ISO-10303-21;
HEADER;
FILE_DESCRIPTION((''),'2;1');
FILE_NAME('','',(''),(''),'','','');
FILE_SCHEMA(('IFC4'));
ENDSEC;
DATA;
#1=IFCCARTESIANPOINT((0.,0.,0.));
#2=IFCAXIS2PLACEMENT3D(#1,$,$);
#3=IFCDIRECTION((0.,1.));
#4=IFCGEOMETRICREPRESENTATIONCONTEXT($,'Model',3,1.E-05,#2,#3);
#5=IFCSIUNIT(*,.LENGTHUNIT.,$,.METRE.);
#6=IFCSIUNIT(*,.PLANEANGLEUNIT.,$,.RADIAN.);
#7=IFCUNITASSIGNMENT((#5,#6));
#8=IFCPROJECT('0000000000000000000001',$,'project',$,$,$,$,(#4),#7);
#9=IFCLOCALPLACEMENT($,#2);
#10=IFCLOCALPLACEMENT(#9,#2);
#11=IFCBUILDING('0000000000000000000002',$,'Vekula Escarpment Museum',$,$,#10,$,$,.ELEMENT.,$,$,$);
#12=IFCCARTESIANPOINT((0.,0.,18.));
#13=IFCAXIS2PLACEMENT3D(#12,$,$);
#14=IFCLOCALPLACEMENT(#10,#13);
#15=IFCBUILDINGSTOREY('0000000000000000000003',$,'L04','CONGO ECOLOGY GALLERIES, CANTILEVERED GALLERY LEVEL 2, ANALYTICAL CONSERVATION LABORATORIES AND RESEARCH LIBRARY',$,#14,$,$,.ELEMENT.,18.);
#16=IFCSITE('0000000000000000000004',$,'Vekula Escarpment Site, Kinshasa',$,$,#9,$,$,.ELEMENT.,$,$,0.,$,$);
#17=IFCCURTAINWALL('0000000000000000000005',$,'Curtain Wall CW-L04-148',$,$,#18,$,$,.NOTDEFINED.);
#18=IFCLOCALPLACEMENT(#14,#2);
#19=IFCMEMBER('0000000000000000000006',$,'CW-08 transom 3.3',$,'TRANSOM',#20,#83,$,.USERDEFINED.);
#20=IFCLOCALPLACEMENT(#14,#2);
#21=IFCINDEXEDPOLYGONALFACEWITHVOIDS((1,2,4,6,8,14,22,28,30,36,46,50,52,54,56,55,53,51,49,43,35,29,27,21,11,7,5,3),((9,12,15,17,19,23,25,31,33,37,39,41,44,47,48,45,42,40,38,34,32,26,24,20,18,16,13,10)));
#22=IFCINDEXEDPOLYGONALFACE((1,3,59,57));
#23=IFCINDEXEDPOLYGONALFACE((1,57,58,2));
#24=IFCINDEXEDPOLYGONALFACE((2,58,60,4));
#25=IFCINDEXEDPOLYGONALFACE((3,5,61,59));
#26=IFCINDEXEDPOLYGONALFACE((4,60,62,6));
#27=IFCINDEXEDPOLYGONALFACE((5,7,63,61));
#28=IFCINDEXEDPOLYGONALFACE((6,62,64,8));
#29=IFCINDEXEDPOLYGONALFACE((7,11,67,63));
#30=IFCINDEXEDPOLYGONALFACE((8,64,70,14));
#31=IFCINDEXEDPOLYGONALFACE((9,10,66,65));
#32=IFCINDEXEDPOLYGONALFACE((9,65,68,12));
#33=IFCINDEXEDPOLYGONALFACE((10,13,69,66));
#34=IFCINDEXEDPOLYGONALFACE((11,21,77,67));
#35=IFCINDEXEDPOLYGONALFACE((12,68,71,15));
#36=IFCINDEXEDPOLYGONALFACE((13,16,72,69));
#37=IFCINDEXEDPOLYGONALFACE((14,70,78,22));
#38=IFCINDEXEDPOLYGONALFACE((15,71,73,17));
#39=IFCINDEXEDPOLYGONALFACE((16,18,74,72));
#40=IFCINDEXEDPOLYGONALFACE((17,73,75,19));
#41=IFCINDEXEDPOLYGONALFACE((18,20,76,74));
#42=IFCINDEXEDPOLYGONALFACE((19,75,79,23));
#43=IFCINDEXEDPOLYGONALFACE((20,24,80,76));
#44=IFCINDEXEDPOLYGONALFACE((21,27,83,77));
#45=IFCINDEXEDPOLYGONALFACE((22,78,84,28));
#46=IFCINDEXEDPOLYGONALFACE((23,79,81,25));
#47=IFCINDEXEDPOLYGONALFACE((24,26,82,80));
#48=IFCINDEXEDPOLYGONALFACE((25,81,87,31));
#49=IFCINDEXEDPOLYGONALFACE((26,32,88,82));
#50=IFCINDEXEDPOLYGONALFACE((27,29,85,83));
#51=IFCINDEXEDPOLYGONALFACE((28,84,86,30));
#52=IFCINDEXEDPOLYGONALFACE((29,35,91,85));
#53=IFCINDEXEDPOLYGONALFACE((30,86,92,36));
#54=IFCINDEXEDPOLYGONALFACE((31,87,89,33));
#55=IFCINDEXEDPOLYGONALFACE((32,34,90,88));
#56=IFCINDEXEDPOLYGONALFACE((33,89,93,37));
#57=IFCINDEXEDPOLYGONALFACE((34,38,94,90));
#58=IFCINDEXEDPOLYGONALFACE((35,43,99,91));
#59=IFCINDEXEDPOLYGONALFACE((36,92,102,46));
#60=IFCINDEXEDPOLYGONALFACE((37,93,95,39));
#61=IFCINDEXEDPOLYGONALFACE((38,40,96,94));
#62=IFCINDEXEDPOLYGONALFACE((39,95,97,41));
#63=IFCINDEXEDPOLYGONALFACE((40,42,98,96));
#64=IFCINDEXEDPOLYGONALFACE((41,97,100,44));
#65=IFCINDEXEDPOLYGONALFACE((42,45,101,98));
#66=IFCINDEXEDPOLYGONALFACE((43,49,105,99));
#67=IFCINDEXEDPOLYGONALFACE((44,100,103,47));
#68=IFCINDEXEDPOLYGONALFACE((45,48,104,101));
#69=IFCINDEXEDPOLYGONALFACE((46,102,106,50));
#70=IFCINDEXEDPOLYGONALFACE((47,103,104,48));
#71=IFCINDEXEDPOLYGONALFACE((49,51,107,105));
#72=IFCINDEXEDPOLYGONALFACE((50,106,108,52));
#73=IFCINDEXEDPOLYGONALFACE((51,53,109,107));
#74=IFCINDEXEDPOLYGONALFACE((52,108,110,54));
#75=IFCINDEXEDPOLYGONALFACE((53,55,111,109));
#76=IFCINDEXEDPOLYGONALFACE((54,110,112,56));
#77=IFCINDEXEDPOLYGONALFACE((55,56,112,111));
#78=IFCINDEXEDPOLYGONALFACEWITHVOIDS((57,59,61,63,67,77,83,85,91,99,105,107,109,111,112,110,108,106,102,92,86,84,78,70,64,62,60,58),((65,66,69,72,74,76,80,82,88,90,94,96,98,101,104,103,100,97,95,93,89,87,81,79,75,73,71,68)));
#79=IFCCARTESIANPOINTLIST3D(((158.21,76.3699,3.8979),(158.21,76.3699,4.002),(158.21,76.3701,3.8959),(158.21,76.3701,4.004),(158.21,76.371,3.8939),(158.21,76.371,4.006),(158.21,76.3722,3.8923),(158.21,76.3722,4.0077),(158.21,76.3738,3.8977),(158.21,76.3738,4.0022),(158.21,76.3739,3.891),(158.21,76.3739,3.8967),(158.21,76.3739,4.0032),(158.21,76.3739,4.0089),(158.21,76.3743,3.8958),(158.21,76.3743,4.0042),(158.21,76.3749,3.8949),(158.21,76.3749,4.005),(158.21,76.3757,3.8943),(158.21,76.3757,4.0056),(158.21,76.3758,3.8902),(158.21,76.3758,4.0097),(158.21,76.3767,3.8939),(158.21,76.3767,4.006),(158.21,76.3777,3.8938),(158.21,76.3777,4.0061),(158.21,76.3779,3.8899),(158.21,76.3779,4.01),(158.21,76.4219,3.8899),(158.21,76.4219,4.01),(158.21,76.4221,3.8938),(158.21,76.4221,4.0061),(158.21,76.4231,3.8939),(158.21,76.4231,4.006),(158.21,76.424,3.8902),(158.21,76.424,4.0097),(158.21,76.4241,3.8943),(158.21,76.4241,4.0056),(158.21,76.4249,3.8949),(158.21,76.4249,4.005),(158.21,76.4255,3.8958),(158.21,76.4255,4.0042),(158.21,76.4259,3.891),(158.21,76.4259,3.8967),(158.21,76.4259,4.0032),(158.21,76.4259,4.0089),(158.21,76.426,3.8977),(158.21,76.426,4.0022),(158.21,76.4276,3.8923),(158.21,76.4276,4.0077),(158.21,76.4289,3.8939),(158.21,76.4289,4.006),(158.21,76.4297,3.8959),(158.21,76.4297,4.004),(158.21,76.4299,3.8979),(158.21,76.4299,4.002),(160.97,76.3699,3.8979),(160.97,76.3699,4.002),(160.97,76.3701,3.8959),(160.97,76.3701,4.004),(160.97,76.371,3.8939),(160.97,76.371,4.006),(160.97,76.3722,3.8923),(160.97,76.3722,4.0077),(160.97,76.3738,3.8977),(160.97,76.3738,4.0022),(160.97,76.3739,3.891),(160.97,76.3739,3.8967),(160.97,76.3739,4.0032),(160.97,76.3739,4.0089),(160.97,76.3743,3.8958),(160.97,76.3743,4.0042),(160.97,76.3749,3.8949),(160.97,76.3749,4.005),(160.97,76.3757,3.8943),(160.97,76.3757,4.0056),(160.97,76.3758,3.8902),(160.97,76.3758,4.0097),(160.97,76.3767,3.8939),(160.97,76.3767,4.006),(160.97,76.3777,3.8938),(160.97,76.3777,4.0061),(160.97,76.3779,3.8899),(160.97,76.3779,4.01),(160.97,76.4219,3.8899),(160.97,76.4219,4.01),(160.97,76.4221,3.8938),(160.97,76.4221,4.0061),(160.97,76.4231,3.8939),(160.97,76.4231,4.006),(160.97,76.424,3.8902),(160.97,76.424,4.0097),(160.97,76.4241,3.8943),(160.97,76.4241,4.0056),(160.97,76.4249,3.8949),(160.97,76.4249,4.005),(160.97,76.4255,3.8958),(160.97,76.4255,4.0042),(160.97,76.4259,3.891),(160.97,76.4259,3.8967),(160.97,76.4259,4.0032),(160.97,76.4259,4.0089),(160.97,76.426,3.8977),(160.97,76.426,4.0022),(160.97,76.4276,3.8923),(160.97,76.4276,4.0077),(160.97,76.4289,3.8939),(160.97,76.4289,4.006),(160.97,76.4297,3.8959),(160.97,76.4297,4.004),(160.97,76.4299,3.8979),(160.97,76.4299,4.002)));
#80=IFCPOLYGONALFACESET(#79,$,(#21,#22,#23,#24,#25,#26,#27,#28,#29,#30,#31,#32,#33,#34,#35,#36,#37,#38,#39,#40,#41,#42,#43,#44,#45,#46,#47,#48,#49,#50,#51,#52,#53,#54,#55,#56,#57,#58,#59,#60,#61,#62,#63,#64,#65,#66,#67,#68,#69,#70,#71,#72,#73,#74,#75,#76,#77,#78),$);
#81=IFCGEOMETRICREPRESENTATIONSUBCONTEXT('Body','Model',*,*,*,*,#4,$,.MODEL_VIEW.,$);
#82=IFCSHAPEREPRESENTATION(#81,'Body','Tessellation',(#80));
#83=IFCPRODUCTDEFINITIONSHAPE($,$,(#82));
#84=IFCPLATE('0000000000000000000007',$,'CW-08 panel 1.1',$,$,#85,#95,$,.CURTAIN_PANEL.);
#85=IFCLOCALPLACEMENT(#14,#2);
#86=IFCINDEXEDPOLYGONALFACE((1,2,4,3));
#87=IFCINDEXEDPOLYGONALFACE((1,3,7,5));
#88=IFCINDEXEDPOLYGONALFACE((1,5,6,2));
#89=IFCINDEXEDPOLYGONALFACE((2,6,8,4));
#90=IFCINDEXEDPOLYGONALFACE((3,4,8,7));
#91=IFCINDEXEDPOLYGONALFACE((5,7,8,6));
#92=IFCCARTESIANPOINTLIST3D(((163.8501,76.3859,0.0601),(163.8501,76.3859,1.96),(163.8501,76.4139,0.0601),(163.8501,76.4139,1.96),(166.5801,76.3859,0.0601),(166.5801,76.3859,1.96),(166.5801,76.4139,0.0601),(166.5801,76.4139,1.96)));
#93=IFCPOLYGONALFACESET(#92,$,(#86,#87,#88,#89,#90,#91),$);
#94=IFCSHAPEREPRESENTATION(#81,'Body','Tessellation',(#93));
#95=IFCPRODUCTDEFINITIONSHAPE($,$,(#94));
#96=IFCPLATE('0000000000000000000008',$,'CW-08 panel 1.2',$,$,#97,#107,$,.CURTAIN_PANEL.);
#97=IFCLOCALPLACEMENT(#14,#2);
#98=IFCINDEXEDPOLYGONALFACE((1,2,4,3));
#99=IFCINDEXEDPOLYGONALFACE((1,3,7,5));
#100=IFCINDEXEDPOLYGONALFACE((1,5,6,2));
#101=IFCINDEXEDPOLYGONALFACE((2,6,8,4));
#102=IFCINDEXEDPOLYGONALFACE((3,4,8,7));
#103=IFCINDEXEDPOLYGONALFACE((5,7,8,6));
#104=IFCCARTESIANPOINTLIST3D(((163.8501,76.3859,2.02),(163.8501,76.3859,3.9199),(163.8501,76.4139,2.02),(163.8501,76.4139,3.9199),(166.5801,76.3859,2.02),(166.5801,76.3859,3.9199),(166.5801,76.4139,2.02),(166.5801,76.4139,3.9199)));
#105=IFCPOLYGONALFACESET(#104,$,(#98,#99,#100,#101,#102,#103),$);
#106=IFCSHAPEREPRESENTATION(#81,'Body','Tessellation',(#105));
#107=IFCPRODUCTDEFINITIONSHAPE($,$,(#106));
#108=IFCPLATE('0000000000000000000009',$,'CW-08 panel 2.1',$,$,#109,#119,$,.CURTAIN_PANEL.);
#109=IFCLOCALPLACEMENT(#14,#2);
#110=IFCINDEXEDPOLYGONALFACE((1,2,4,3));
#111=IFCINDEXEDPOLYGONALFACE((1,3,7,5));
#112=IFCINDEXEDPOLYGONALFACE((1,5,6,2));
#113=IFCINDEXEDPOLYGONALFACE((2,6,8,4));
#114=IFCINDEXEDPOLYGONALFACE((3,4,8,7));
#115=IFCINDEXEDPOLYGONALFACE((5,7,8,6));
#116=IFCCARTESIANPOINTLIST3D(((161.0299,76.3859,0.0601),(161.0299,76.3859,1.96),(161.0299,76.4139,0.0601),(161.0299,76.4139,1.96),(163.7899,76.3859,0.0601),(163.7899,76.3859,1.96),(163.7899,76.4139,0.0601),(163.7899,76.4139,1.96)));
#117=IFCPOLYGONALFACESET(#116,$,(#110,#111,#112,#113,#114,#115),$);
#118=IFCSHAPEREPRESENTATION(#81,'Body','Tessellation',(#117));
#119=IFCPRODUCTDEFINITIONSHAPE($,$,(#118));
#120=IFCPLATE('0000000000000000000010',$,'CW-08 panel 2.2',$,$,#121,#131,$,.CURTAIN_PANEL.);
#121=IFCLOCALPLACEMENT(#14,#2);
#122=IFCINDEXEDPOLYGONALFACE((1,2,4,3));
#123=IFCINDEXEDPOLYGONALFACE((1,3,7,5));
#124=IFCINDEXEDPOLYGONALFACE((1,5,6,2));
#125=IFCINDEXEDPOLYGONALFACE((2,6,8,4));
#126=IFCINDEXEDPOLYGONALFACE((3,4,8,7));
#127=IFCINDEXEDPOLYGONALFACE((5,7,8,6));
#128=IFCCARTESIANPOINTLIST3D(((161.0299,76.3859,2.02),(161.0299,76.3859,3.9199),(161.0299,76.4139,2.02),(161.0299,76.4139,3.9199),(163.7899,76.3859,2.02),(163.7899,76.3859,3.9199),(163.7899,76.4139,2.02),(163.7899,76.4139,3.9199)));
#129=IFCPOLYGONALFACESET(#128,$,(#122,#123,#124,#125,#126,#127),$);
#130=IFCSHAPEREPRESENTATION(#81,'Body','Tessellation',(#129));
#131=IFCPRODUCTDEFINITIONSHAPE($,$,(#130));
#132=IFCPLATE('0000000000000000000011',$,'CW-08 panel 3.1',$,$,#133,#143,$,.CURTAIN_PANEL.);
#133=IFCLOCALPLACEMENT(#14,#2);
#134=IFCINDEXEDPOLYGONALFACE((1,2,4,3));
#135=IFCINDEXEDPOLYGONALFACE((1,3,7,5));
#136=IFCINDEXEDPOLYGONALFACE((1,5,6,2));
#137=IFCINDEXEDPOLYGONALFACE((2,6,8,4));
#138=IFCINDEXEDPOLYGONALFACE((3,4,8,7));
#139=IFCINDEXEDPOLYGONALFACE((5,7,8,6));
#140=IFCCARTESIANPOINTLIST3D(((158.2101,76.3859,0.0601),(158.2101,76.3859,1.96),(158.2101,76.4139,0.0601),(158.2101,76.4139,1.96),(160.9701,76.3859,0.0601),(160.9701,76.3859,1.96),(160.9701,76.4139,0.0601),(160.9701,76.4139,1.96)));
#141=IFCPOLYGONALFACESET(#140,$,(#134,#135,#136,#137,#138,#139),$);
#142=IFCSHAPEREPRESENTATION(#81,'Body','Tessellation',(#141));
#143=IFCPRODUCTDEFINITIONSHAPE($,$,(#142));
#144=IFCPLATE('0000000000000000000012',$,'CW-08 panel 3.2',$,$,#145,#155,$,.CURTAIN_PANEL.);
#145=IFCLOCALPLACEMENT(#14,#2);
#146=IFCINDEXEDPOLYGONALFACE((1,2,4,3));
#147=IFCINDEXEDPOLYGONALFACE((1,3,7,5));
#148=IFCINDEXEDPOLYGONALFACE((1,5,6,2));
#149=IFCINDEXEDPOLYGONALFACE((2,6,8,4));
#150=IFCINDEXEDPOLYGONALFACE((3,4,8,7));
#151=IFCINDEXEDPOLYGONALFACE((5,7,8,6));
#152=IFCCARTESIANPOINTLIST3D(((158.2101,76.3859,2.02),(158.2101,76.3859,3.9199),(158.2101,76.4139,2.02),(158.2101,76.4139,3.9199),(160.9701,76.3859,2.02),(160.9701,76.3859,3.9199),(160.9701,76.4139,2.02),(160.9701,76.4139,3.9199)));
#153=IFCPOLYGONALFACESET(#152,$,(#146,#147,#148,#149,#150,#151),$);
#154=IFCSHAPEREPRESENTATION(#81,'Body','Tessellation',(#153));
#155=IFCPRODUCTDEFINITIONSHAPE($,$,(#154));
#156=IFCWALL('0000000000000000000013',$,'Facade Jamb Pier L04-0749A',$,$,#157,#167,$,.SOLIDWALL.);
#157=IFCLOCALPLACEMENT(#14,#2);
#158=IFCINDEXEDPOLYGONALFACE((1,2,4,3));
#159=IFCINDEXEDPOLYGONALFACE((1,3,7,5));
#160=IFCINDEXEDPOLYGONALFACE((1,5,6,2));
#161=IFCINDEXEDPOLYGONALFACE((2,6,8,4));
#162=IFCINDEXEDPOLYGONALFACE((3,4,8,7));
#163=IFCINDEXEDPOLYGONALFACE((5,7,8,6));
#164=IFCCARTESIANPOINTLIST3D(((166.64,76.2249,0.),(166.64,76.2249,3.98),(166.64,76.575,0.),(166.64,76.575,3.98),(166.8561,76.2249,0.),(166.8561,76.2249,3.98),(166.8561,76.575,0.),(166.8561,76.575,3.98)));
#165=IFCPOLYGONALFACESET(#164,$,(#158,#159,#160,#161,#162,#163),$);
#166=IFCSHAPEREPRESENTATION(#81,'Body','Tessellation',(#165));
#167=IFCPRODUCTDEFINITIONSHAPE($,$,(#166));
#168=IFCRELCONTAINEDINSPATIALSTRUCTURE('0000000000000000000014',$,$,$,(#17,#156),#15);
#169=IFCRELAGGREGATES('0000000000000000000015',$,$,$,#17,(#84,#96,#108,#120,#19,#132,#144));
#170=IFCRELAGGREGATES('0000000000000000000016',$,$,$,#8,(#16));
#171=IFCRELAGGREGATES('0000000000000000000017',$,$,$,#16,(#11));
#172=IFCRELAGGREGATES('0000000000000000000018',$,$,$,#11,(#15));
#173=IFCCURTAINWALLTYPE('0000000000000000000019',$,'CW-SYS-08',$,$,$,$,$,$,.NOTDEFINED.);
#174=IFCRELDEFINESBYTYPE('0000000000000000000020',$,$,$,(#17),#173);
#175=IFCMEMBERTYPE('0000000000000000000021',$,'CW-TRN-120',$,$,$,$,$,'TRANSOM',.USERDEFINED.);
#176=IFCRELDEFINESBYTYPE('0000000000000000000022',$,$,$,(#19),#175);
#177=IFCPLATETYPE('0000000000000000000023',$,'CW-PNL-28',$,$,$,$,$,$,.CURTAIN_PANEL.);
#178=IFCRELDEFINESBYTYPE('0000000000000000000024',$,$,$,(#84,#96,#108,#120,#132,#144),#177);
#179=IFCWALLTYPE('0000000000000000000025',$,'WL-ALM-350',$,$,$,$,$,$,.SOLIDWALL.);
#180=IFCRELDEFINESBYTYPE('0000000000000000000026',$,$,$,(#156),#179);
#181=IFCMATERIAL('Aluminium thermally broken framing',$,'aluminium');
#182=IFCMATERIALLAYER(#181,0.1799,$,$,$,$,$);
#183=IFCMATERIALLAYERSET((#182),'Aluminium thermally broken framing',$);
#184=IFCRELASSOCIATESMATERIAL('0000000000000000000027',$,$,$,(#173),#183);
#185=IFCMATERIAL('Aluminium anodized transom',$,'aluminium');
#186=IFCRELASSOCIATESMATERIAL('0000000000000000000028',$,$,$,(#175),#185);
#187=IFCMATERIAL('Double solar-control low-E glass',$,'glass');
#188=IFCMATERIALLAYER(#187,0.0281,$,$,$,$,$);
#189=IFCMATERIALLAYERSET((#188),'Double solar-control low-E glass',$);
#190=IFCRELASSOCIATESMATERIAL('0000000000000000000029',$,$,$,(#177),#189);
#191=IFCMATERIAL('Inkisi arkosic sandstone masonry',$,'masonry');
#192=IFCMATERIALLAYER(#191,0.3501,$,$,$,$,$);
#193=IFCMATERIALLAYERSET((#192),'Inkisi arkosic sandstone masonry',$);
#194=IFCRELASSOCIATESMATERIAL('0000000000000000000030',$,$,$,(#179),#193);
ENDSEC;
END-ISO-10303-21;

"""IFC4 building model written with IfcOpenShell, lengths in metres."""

from ifc_helpers import new_model, si_unit, direction, frame, frame_2d, origin, origin_2d, place, context, subcontext, project, spatial, rectangle, hollow_rectangle, extrude, material, layer, layer_set, material_profile, profile_set, type_object, element, aggregate, save


model = new_model("IFC4")

# Units and contexts
model_context = context("Model", 3, precision=1e-05, world=origin(), true_north=direction((0.0, 1.0)))
body_context = subcontext(model_context, "Body", "Model", "MODEL_VIEW")
ifc_project = project(units=[si_unit("LENGTHUNIT", "METRE"), si_unit("PLANEANGLEUNIT", "RADIAN")], contexts=[model_context])

# Site, building, storey
site_placement = place(None, origin())
site = spatial("IfcSite", under=ifc_project, at=site_placement, Name="Vekula Escarpment Site, Kinshasa", CompositionType="ELEMENT", RefElevation=0.0)
building_placement = place(site_placement, origin())
building = spatial("IfcBuilding", under=site, at=building_placement, Name="Vekula Escarpment Museum", CompositionType="ELEMENT")
storey_placement = place(building_placement, frame((0.0, 0.0, 18.0)))
storey = spatial("IfcBuildingStorey", under=building, at=storey_placement, Name="L04", Description="CONGO ECOLOGY GALLERIES, CANTILEVERED GALLERY LEVEL 2, ANALYTICAL CONSERVATION LABORATORIES AND RESEARCH LIBRARY", CompositionType="ELEMENT", Elevation=18.0)

# Curtain wall, member, plates
ifc_material_1 = material(Name="Aluminium thermally broken framing", Category="aluminium")
ifc_layer_1 = layer(ifc_material_1, 0.1799)
ifc_layer_set_1 = layer_set([ifc_layer_1], Name="Aluminium thermally broken framing")
curtain_wall_type = type_object("IfcCurtainWallType", Name="CW-SYS-08", PredefinedType="NOTDEFINED", material=ifc_layer_set_1)
curtain_wall_placement = place(storey_placement, origin())
curtain_wall = element("IfcCurtainWall", 1, at=curtain_wall_placement, inside=storey, type_object=curtain_wall_type, Name="Curtain Wall CW-L04-148", PredefinedType="NOTDEFINED")
ifc_material_2 = material(Name="Aluminium anodized transom", Category="aluminium")
ifc_material_profile_1 = material_profile(ifc_material_2, hollow_rectangle(XDim=0.0601, YDim=0.1201, WallThickness=0.0039, InnerFilletRadius=0.0039, OuterFilletRadius=0.0081, at=origin_2d()), Name="ALU 120x60x4")
ifc_profile_set_1 = profile_set([ifc_material_profile_1], Name="Aluminium anodized transom")
member_type_1 = type_object("IfcMemberType", Name="CW-TRN-120", ElementType="TRANSOM", PredefinedType="USERDEFINED", material=ifc_profile_set_1)
member_1_placement = place(storey_placement, frame((160.97, 76.3999, 3.95), z_axis=(-1.0, 0.0, 0.0), x_axis=(0.0, -1.0, 0.0)))
member_1 = element("IfcMember", 2, at=member_1_placement, type_object=member_type_1, Name="CW-08 transom 3.3", ObjectType="TRANSOM", PredefinedType="USERDEFINED", context=body_context, shape_type="SweptSolid", body=[
    extrude(hollow_rectangle(XDim=0.0601, YDim=0.1201, WallThickness=0.0039, InnerFilletRadius=0.0039, OuterFilletRadius=0.0081, at=origin_2d()), origin(), (0.0, 0.0, 1.0), 2.76),
])
ifc_material_3 = material(Name="Double solar-control low-E glass", Category="glass")
ifc_layer_2 = layer(ifc_material_3, 0.0281)
ifc_layer_set_2 = layer_set([ifc_layer_2], Name="Double solar-control low-E glass")
plate_type = type_object("IfcPlateType", Name="CW-PNL-28", PredefinedType="CURTAIN_PANEL", material=ifc_layer_set_2)
plate_1_placement = place(storey_placement, frame((165.2151, 76.3999, 0.0601), z_axis=(0.0, 0.0, 1.0), x_axis=(-1.0, 0.0, 0.0)))
plate_1 = element("IfcPlate", 3, at=plate_1_placement, type_object=plate_type, Name="CW-08 panel 1.1", PredefinedType="CURTAIN_PANEL", context=body_context, shape_type="SweptSolid", body=[
    extrude(rectangle(XDim=2.73, YDim=0.0281, at=origin_2d()), origin(), (0.0, 0.0, 1.0), 1.8999),
])
plate_2_placement = place(storey_placement, frame((165.2151, 76.3999, 2.02), z_axis=(0.0, 0.0, 1.0), x_axis=(-1.0, 0.0, 0.0)))
plate_2 = element("IfcPlate", 4, at=plate_2_placement, type_object=plate_type, Name="CW-08 panel 1.2", PredefinedType="CURTAIN_PANEL", context=body_context, shape_type="SweptSolid", body=[
    extrude(rectangle(XDim=2.73, YDim=0.0281, at=origin_2d()), origin(), (0.0, 0.0, 1.0), 1.8999),
])
plate_3_placement = place(storey_placement, frame((162.4099, 76.3999, 0.0601), z_axis=(0.0, 0.0, 1.0), x_axis=(-1.0, 0.0, 0.0)))
plate_3 = element("IfcPlate", 5, at=plate_3_placement, type_object=plate_type, Name="CW-08 panel 2.1", PredefinedType="CURTAIN_PANEL", context=body_context, shape_type="SweptSolid", body=[
    extrude(rectangle(XDim=2.76, YDim=0.0281, at=origin_2d()), origin(), (0.0, 0.0, 1.0), 1.8999),
])
plate_4_placement = place(storey_placement, frame((162.4099, 76.3999, 2.02), z_axis=(0.0, 0.0, 1.0), x_axis=(-1.0, 0.0, 0.0)))
plate_4 = element("IfcPlate", 6, at=plate_4_placement, type_object=plate_type, Name="CW-08 panel 2.2", PredefinedType="CURTAIN_PANEL", context=body_context, shape_type="SweptSolid", body=[
    extrude(rectangle(XDim=2.76, YDim=0.0281, at=origin_2d()), origin(), (0.0, 0.0, 1.0), 1.8999),
])
plate_5_placement = place(storey_placement, frame((159.5901, 76.3999, 0.0601), z_axis=(0.0, 0.0, 1.0), x_axis=(-1.0, 0.0, 0.0)))
plate_5 = element("IfcPlate", 7, at=plate_5_placement, type_object=plate_type, Name="CW-08 panel 3.1", PredefinedType="CURTAIN_PANEL", context=body_context, shape_type="SweptSolid", body=[
    extrude(rectangle(XDim=2.76, YDim=0.0281, at=origin_2d()), origin(), (0.0, 0.0, 1.0), 1.8999),
])
plate_6_placement = place(storey_placement, frame((159.5901, 76.3999, 2.02), z_axis=(0.0, 0.0, 1.0), x_axis=(-1.0, 0.0, 0.0)))
plate_6 = element("IfcPlate", 8, at=plate_6_placement, type_object=plate_type, Name="CW-08 panel 3.2", PredefinedType="CURTAIN_PANEL", context=body_context, shape_type="SweptSolid", body=[
    extrude(rectangle(XDim=2.76, YDim=0.0281, at=origin_2d()), origin(), (0.0, 0.0, 1.0), 1.8999),
])
aggregate(curtain_wall, [plate_1, plate_2, plate_3, plate_4, member_1, plate_5, plate_6])

# Wall
ifc_material_4 = material(Name="Inkisi arkosic sandstone masonry", Category="masonry")
ifc_layer_3 = layer(ifc_material_4, 0.3501)
ifc_layer_set_3 = layer_set([ifc_layer_3], Name="Inkisi arkosic sandstone masonry")
wall_type_1 = type_object("IfcWallType", Name="WL-ALM-350", PredefinedType="SOLIDWALL", material=ifc_layer_set_3)
wall_1_placement = place(storey_placement, frame((166.856, 76.3999, 0.0), z_axis=(0.0, 0.0, 1.0), x_axis=(-1.0, 0.0, 0.0)))
element("IfcWall", 9, at=wall_1_placement, inside=storey, type_object=wall_type_1, Name="Facade Jamb Pier L04-0749A", PredefinedType="SOLIDWALL", context=body_context, shape_type="SweptSolid", body=[
    extrude(rectangle(XDim=0.2161, YDim=0.3501, at=frame_2d((0.1079, 0.0))), origin(), (0.0, 0.0, 1.0), 3.98),
])

save(model, "model.ifc")
